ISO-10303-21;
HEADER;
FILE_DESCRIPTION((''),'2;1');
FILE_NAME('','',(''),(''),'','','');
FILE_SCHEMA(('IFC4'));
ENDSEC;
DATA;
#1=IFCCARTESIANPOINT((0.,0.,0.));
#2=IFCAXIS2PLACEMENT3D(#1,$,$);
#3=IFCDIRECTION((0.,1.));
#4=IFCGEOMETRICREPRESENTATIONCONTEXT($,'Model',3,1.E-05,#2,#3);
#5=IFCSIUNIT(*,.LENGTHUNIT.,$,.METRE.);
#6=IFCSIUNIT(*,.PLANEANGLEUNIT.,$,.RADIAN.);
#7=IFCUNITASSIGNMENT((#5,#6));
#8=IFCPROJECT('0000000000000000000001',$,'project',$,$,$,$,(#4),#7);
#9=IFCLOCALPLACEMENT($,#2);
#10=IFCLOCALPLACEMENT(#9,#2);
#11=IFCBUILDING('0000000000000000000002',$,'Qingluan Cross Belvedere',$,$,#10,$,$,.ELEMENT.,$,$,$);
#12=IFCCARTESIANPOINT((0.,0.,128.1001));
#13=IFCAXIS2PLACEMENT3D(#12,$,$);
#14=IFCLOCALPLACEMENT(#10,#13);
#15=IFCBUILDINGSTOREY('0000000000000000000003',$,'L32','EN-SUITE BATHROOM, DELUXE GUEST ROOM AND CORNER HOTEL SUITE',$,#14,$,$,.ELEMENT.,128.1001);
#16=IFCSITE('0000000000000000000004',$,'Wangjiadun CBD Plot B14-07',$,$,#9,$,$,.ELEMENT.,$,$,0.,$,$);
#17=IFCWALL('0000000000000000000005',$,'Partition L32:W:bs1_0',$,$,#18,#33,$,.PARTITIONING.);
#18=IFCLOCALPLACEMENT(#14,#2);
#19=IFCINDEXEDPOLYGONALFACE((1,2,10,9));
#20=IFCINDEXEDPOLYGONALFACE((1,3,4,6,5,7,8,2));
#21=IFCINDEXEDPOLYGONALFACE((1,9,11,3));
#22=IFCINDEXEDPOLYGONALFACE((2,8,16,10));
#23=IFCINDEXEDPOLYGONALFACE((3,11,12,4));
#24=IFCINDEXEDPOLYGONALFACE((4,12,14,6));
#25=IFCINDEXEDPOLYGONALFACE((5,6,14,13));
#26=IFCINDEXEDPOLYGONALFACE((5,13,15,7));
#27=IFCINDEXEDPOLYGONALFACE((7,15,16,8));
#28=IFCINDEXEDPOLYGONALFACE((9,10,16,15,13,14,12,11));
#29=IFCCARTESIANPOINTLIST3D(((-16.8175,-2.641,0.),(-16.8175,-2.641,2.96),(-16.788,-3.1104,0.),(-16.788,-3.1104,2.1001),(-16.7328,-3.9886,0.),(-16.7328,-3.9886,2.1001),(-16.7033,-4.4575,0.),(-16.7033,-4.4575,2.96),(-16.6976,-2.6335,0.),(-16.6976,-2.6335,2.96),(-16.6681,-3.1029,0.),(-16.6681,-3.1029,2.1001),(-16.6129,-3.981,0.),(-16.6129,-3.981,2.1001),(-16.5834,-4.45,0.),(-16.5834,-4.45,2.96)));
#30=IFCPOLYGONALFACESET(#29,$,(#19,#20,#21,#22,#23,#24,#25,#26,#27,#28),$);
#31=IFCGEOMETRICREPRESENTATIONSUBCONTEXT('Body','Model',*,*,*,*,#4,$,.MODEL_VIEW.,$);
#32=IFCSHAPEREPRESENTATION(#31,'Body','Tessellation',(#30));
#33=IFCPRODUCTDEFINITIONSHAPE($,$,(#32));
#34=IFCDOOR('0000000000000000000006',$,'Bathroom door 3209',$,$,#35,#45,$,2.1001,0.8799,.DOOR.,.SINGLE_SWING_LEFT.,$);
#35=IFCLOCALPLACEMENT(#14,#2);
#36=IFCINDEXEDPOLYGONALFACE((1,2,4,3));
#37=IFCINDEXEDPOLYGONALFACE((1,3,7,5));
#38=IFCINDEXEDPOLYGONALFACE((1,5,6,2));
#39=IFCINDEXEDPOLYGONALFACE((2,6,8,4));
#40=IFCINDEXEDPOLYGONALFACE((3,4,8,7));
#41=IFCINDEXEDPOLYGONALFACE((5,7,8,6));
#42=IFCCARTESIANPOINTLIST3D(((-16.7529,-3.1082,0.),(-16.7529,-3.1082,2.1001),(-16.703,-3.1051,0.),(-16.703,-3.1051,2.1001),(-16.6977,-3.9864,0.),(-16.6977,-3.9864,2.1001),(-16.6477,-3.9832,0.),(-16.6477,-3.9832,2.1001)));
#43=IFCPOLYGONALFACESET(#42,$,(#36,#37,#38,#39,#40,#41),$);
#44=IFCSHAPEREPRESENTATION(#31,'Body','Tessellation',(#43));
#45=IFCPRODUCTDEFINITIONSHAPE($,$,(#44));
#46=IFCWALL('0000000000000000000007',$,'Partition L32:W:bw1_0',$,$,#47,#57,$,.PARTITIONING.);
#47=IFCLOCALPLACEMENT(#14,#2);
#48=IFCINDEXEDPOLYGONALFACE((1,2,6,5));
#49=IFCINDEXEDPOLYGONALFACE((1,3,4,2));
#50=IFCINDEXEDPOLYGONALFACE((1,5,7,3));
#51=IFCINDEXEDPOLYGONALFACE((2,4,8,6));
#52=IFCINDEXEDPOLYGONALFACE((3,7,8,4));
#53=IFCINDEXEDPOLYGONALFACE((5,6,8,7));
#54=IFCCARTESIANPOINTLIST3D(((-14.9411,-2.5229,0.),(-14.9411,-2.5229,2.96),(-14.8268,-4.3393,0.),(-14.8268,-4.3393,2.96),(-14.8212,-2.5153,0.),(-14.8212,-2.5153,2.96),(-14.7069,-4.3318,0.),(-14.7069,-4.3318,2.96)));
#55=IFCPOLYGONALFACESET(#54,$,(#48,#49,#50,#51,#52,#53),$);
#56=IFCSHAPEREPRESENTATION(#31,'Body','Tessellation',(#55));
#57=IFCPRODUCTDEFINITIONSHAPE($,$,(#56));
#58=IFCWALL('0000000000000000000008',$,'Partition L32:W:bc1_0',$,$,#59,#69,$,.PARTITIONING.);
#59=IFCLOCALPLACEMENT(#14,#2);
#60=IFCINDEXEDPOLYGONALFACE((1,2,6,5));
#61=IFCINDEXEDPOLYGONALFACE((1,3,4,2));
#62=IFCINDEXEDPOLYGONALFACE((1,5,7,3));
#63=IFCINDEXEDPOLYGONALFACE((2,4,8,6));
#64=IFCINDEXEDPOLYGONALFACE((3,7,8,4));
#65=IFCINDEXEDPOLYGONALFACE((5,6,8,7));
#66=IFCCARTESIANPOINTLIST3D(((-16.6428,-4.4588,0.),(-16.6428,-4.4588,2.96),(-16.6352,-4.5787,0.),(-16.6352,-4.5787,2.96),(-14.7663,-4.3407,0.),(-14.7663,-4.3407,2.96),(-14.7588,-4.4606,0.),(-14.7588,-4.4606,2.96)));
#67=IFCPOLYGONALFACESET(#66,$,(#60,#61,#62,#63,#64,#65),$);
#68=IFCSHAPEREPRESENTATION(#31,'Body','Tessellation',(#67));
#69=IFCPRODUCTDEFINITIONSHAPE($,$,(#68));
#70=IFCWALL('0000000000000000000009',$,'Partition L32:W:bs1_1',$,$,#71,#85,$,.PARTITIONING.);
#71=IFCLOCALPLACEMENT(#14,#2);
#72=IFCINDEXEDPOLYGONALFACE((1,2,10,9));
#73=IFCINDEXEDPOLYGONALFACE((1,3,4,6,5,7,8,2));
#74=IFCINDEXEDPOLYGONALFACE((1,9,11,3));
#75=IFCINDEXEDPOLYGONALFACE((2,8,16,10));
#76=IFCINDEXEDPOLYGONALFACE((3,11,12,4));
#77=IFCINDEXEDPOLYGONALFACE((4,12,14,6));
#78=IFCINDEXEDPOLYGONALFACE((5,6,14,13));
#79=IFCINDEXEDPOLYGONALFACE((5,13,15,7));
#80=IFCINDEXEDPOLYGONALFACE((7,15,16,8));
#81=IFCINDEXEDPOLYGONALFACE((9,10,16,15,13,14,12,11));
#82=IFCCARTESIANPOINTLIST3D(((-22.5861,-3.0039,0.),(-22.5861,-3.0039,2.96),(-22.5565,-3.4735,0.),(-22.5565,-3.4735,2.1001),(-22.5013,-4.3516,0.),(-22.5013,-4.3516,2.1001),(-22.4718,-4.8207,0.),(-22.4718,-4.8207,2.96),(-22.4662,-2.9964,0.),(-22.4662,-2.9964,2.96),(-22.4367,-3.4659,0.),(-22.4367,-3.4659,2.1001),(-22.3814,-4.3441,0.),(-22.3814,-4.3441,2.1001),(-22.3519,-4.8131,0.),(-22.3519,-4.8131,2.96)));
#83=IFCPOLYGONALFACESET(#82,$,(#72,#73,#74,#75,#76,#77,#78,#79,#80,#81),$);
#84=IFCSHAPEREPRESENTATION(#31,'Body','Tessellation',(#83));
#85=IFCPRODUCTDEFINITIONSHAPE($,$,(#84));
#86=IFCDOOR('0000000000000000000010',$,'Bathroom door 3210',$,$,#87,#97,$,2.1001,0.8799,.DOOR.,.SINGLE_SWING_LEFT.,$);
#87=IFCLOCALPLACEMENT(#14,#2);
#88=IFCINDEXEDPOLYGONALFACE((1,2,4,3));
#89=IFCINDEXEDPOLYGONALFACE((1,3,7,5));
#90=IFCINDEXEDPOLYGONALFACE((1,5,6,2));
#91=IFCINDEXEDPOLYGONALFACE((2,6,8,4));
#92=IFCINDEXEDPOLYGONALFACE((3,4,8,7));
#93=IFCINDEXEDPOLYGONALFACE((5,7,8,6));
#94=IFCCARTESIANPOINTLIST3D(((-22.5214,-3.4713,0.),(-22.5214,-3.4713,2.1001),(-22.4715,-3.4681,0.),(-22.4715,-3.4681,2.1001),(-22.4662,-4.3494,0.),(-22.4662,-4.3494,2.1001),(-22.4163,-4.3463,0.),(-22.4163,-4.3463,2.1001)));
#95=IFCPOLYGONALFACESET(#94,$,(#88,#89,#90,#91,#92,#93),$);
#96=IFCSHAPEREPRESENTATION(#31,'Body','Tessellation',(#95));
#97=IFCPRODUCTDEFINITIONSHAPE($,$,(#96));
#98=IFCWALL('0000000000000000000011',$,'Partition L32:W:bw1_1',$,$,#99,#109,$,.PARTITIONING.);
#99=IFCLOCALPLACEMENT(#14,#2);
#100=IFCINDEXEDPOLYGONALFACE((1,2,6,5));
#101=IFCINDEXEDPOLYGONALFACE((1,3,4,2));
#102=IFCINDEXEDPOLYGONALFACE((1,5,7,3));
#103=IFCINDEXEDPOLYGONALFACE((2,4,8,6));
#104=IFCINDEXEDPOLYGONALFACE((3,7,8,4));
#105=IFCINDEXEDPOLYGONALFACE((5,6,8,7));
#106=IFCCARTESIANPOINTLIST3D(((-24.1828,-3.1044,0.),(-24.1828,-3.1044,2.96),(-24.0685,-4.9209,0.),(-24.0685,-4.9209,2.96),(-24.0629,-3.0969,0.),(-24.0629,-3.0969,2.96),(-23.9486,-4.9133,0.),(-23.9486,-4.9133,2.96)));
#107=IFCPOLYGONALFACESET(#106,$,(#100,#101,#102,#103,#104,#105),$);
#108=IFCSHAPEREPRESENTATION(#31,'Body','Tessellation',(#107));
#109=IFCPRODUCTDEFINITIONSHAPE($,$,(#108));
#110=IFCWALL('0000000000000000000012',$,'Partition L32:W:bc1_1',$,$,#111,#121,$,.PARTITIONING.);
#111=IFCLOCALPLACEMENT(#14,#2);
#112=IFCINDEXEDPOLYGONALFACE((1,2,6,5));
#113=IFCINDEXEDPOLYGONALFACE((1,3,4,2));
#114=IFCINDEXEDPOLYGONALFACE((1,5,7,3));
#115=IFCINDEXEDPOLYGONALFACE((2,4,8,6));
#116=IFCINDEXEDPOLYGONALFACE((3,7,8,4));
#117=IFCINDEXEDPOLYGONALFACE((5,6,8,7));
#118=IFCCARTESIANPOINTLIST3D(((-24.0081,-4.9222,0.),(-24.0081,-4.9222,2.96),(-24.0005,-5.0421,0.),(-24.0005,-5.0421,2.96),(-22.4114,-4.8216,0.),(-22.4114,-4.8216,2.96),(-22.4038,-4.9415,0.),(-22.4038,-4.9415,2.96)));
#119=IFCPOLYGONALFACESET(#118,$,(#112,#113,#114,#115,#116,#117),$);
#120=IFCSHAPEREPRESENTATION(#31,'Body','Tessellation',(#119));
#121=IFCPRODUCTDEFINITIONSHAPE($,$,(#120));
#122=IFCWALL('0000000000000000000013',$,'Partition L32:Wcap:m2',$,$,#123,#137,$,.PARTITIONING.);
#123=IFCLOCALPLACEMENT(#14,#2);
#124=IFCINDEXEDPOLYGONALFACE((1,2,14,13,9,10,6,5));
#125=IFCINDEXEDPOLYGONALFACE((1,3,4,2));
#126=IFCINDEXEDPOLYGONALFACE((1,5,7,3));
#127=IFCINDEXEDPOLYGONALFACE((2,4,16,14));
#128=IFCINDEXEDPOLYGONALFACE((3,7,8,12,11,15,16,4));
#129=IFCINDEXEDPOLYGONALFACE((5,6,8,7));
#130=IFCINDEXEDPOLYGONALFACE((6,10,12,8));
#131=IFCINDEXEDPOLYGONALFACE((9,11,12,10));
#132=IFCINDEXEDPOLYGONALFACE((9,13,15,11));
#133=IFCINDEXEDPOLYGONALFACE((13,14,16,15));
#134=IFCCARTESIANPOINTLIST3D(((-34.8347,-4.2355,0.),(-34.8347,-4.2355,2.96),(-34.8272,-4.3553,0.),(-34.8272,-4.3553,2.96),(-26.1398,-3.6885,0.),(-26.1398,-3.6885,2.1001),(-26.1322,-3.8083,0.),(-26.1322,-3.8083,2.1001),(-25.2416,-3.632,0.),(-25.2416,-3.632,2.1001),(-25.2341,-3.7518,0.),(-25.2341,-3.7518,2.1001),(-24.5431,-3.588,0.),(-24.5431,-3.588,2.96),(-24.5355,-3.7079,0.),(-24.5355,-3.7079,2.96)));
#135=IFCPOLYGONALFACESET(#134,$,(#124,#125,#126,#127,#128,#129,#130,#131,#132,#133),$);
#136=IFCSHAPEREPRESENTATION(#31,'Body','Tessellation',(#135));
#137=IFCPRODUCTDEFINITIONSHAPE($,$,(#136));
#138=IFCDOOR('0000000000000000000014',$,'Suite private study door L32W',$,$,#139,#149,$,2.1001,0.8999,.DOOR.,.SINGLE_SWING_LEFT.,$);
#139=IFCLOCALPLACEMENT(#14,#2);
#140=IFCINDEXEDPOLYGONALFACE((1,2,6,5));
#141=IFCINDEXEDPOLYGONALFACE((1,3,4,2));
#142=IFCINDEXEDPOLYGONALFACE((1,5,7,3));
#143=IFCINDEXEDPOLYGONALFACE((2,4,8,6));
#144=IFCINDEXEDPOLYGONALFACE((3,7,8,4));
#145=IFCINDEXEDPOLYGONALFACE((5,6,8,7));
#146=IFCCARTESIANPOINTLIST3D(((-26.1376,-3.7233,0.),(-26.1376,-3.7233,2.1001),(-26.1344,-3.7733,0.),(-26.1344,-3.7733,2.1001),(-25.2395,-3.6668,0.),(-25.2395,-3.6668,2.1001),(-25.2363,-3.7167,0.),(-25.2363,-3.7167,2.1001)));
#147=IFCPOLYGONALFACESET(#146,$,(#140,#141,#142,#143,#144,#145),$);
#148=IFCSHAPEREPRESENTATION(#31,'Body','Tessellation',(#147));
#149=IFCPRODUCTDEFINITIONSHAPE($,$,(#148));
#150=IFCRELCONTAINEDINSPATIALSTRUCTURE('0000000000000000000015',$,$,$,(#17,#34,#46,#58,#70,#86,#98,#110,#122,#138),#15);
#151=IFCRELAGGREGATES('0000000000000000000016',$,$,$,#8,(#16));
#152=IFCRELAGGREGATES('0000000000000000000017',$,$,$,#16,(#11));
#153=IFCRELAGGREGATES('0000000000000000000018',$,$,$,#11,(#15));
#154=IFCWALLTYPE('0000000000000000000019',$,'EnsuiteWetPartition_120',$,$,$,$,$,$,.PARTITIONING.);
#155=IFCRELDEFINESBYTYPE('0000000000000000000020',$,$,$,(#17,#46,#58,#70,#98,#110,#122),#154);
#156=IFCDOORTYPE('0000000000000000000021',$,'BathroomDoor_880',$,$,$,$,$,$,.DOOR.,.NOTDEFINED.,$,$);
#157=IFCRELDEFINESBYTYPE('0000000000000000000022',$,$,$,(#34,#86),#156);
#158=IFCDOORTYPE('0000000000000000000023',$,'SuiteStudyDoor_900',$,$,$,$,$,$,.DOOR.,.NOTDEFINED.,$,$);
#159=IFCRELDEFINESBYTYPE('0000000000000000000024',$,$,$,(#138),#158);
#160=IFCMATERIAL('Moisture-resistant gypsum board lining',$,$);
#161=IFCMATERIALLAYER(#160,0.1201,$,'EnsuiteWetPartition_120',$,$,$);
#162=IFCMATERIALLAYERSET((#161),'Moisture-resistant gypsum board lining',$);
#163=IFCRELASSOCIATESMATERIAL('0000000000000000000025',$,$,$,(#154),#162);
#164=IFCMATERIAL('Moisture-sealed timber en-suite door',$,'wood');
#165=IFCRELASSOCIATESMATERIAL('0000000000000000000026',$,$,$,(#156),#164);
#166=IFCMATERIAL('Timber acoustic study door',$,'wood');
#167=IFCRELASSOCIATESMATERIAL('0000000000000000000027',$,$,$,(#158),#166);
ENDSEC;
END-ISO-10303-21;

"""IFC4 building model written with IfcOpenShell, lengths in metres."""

from ifc_helpers import new_model, si_unit, direction, frame, frame_2d, origin, place, context, subcontext, project, spatial, rectangle, extrude, material, layer, layer_set, type_object, element, fill, save


model = new_model("IFC4")

# Units and contexts
model_context = context("Model", 3, precision=1e-05, world=origin(), true_north=direction((0.0, 1.0)))
body_context = subcontext(model_context, "Body", "Model", "MODEL_VIEW")
ifc_project = project(units=[si_unit("LENGTHUNIT", "METRE"), si_unit("PLANEANGLEUNIT", "RADIAN")], contexts=[model_context])

# Site, building, storey
site_placement = place(None, origin())
site = spatial("IfcSite", under=ifc_project, at=site_placement, Name="Wangjiadun CBD Plot B14-07", CompositionType="ELEMENT", RefElevation=0.0)
building_placement = place(site_placement, origin())
building = spatial("IfcBuilding", under=site, at=building_placement, Name="Qingluan Cross Belvedere", CompositionType="ELEMENT")
storey_placement = place(building_placement, frame((0.0, 0.0, 128.1001)))
storey = spatial("IfcBuildingStorey", under=building, at=storey_placement, Name="L32", Description="EN-SUITE BATHROOM, DELUXE GUEST ROOM AND CORNER HOTEL SUITE", CompositionType="ELEMENT", Elevation=128.1001)

# Shared definitions
ifc_material_1 = material(Name="Moisture-resistant gypsum board lining")
ifc_layer_1 = layer(ifc_material_1, 0.1201, Name="EnsuiteWetPartition_120")
ifc_layer_set_1 = layer_set([ifc_layer_1], Name="Moisture-resistant gypsum board lining")
wall_type_1 = type_object("IfcWallType", Name="EnsuiteWetPartition_120", PredefinedType="PARTITIONING", material=ifc_layer_set_1)
ifc_material_2 = material(Name="Moisture-sealed timber en-suite door", Category="wood")
door_type_1 = type_object("IfcDoorType", Name="BathroomDoor_880", OperationType="NOTDEFINED", PredefinedType="DOOR", material=ifc_material_2)

# Wall, opening, door
wall_1_placement = place(storey_placement, frame((-16.6433, -4.4539, 0.0), z_axis=(0.0, 0.0, 1.0), x_axis=(-0.062779, 0.998027, 0.0)))
wall_1 = element("IfcWall", 1, at=wall_1_placement, inside=storey, type_object=wall_type_1, Name="Partition L32:W:bs1_0", PredefinedType="PARTITIONING", context=body_context, shape_type="SweptSolid", body=[
    extrude(rectangle(XDim=1.8201, YDim=0.1201, at=frame_2d((0.9102, 0.0))), origin(), (0.0, 0.0, 1.0), 2.96),
])
opening_1_placement = place(wall_1_placement, frame((0.47, 0.0, 0.0)))
opening_1 = element("IfcOpeningElement", 2, at=opening_1_placement, cuts=wall_1, PredefinedType="OPENING", context=body_context, shape_type="SweptSolid", body=[
    extrude(rectangle(XDim=0.8799, YDim=2.1001, at=frame_2d((0.4399, 1.05))), frame((0.0, 0.0701, 0.0), z_axis=(0.0, -1.0, 0.0), x_axis=(1.0, 0.0, 0.0)), (0.0, 0.0, 1.0), 0.1401),
])
door_1_placement = place(opening_1_placement, origin())
door_1 = element("IfcDoor", 3, at=door_1_placement, inside=storey, type_object=door_type_1, Name="Bathroom door 3209", OperationType="SINGLE_SWING_LEFT", OverallHeight=2.1001, OverallWidth=0.8799, PredefinedType="DOOR", context=body_context, shape_type="SweptSolid", body=[
    extrude(rectangle(XDim=0.8799, YDim=2.1001, at=frame_2d((0.4399, 1.05))), frame((0.0, 0.0249, 0.0), z_axis=(0.0, -1.0, 0.0), x_axis=(1.0, 0.0, 0.0)), (0.0, 0.0, 1.0), 0.05),
])
fill(opening_1, door_1)

# Walls
wall_2_placement = place(storey_placement, frame((-14.7668, -4.3357, 0.0), z_axis=(0.0, 0.0, 1.0), x_axis=(-0.062779, 0.998027, 0.0)))
element("IfcWall", 4, at=wall_2_placement, inside=storey, type_object=wall_type_1, Name="Partition L32:W:bw1_0", PredefinedType="PARTITIONING", context=body_context, shape_type="SweptSolid", body=[
    extrude(rectangle(XDim=1.8201, YDim=0.1201, at=frame_2d((0.9102, 0.0))), origin(), (0.0, 0.0, 1.0), 2.96),
])
wall_3_placement = place(storey_placement, frame((-14.7627, -4.4006, 0.0), z_axis=(0.0, 0.0, 1.0), x_axis=(-0.998023, -0.062847, 0.0)))
element("IfcWall", 5, at=wall_3_placement, inside=storey, type_object=wall_type_1, Name="Partition L32:W:bc1_0", PredefinedType="PARTITIONING", context=body_context, shape_type="SweptSolid", body=[
    extrude(rectangle(XDim=1.8801, YDim=0.1201, at=frame_2d((0.9399, 0.0))), origin(), (0.0, 0.0, 1.0), 2.96),
])

# Wall, opening, door
wall_4_placement = place(storey_placement, frame((-22.4119, -4.8169, 0.0), z_axis=(0.0, 0.0, 1.0), x_axis=(-0.062771, 0.998028, 0.0)))
wall_4 = element("IfcWall", 6, at=wall_4_placement, inside=storey, type_object=wall_type_1, Name="Partition L32:W:bs1_1", PredefinedType="PARTITIONING", context=body_context, shape_type="SweptSolid", body=[
    extrude(rectangle(XDim=1.8203, YDim=0.1201, at=frame_2d((0.9102, 0.0))), origin(), (0.0, 0.0, 1.0), 2.96),
])
opening_2_placement = place(wall_4_placement, frame((0.47, 0.0, 0.0)))
opening_2 = element("IfcOpeningElement", 7, at=opening_2_placement, cuts=wall_4, PredefinedType="OPENING", context=body_context, shape_type="SweptSolid", body=[
    extrude(rectangle(XDim=0.8799, YDim=2.1001, at=frame_2d((0.4399, 1.05))), frame((0.0, 0.0701, 0.0), z_axis=(0.0, -1.0, 0.0), x_axis=(1.0, 0.0, 0.0)), (0.0, 0.0, 1.0), 0.1401),
])
door_2_placement = place(opening_2_placement, origin())
door_2 = element("IfcDoor", 8, at=door_2_placement, inside=storey, type_object=door_type_1, Name="Bathroom door 3210", OperationType="SINGLE_SWING_LEFT", OverallHeight=2.1001, OverallWidth=0.8799, PredefinedType="DOOR", context=body_context, shape_type="SweptSolid", body=[
    extrude(rectangle(XDim=0.8799, YDim=2.1001, at=frame_2d((0.4399, 1.05))), frame((0.0, 0.0249, 0.0), z_axis=(0.0, -1.0, 0.0), x_axis=(1.0, 0.0, 0.0)), (0.0, 0.0, 1.0), 0.05),
])
fill(opening_2, door_2)

# Walls
wall_5_placement = place(storey_placement, frame((-24.0085, -4.9172, 0.0), z_axis=(0.0, 0.0, 1.0), x_axis=(-0.062779, 0.998027, 0.0)))
element("IfcWall", 9, at=wall_5_placement, inside=storey, type_object=wall_type_1, Name="Partition L32:W:bw1_1", PredefinedType="PARTITIONING", context=body_context, shape_type="SweptSolid", body=[
    extrude(rectangle(XDim=1.8201, YDim=0.1201, at=frame_2d((0.9102, 0.0))), origin(), (0.0, 0.0, 1.0), 2.96),
])
wall_6_placement = place(storey_placement, frame((-22.4077, -4.8816, 0.0), z_axis=(0.0, 0.0, 1.0), x_axis=(-0.998022, -0.062872, 0.0)))
element("IfcWall", 10, at=wall_6_placement, inside=storey, type_object=wall_type_1, Name="Partition L32:W:bc1_1", PredefinedType="PARTITIONING", context=body_context, shape_type="SweptSolid", body=[
    extrude(rectangle(XDim=1.5999, YDim=0.1201, at=frame_2d((0.7998, 0.0))), origin(), (0.0, 0.0, 1.0), 2.96),
])

# Wall, opening, door
wall_7_placement = place(storey_placement, frame((-24.5393, -3.6479, 0.0), z_axis=(0.0, 0.0, 1.0), x_axis=(-0.998027, -0.062787, 0.0)))
wall_7 = element("IfcWall", 11, at=wall_7_placement, inside=storey, type_object=wall_type_1, Name="Partition L32:Wcap:m2", PredefinedType="PARTITIONING", context=body_context, shape_type="SweptSolid", body=[
    extrude(rectangle(XDim=10.312, YDim=0.1201, at=frame_2d((5.156, 0.0))), origin(), (0.0, 0.0, 1.0), 2.96),
])
opening_3_placement = place(wall_7_placement, frame((0.7, 0.0, 0.0)))
opening_3 = element("IfcOpeningElement", 12, at=opening_3_placement, cuts=wall_7, PredefinedType="OPENING", context=body_context, shape_type="SweptSolid", body=[
    extrude(rectangle(XDim=0.8999, YDim=2.1001, at=frame_2d((0.45, 1.05))), frame((0.0, 0.0701, 0.0), z_axis=(0.0, -1.0, 0.0), x_axis=(1.0, 0.0, 0.0)), (0.0, 0.0, 1.0), 0.1401),
])
ifc_material_3 = material(Name="Timber acoustic study door", Category="wood")
door_type_2 = type_object("IfcDoorType", Name="SuiteStudyDoor_900", OperationType="NOTDEFINED", PredefinedType="DOOR", material=ifc_material_3)
door_3_placement = place(opening_3_placement, origin())
door_3 = element("IfcDoor", 13, at=door_3_placement, inside=storey, type_object=door_type_2, Name="Suite private study door L32W", OperationType="SINGLE_SWING_LEFT", OverallHeight=2.1001, OverallWidth=0.8999, PredefinedType="DOOR", context=body_context, shape_type="SweptSolid", body=[
    extrude(rectangle(XDim=0.8999, YDim=2.1001, at=frame_2d((0.45, 1.05))), frame((0.0, 0.0249, 0.0), z_axis=(0.0, -1.0, 0.0), x_axis=(1.0, 0.0, 0.0)), (0.0, 0.0, 1.0), 0.05),
])
fill(opening_3, door_3)

save(model, "model.ifc")
